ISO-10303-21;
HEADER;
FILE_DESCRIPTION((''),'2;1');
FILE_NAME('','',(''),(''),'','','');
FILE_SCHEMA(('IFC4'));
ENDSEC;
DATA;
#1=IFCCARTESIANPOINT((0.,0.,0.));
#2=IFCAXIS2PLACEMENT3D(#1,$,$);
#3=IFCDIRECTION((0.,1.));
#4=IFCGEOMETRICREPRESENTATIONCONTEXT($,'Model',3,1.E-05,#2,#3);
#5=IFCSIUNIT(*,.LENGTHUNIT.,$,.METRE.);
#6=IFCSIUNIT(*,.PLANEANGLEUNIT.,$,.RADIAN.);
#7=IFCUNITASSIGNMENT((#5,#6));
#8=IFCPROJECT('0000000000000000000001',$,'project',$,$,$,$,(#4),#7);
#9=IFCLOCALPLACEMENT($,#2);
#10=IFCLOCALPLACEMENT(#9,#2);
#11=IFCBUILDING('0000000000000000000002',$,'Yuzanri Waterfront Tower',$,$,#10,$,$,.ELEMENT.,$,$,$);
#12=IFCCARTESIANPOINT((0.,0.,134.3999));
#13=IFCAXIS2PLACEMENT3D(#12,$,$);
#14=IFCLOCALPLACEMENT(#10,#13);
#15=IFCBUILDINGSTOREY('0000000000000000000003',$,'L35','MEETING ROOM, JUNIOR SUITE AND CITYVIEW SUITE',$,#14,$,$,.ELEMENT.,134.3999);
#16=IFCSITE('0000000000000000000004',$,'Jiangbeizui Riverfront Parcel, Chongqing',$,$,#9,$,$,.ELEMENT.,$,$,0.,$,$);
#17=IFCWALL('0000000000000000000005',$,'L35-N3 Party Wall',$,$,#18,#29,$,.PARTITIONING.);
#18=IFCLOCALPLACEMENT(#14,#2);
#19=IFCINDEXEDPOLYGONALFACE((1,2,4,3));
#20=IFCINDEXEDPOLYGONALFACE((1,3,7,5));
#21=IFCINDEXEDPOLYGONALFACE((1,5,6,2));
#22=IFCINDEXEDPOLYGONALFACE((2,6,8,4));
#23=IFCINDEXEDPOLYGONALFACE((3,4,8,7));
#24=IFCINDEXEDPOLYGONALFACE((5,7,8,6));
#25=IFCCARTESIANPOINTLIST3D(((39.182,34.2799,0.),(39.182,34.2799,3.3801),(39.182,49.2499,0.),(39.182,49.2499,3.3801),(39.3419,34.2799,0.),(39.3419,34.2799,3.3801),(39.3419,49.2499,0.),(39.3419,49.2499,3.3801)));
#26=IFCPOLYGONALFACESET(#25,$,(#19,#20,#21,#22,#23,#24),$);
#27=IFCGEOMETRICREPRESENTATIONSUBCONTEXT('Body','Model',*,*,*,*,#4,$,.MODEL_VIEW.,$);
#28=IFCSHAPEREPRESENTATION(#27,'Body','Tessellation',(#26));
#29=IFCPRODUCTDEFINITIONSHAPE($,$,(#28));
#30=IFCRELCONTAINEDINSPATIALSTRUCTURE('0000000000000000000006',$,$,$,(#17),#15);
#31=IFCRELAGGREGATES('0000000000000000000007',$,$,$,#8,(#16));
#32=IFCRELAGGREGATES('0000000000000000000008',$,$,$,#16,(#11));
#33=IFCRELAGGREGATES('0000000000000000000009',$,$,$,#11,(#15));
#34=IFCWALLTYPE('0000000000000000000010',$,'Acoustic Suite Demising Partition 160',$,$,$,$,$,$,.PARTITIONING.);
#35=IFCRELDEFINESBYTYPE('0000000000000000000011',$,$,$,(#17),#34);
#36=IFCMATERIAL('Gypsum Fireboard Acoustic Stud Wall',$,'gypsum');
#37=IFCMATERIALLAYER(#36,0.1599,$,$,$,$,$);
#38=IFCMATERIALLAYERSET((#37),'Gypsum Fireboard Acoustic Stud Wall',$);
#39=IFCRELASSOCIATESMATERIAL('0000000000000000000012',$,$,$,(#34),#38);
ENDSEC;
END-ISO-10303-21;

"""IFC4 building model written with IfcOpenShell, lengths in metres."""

from ifc_helpers import new_model, si_unit, direction, frame, frame_2d, origin, place, context, subcontext, project, spatial, rectangle, extrude, source, transform, mapped, material, layer, layer_set, type_object, element, save


model = new_model("IFC4")

# Units and contexts
model_context = context("Model", 3, precision=1e-05, world=origin(), true_north=direction((0.0, 1.0)))
body_context = subcontext(model_context, "Body", "Model", "MODEL_VIEW")
ifc_project = project(units=[si_unit("LENGTHUNIT", "METRE"), si_unit("PLANEANGLEUNIT", "RADIAN")], contexts=[model_context])

# Site, building, storey
site_placement = place(None, origin())
site = spatial("IfcSite", under=ifc_project, at=site_placement, Name="Jiangbeizui Riverfront Parcel, Chongqing", CompositionType="ELEMENT", RefElevation=0.0)
building_placement = place(site_placement, origin())
building = spatial("IfcBuilding", under=site, at=building_placement, Name="Yuzanri Waterfront Tower", CompositionType="ELEMENT")
storey_placement = place(building_placement, frame((0.0, 0.0, 134.3999)))
storey = spatial("IfcBuildingStorey", under=building, at=storey_placement, Name="L35", Description="MEETING ROOM, JUNIOR SUITE AND CITYVIEW SUITE", CompositionType="ELEMENT", Elevation=134.3999)

# Wall
ifc_material_1 = material(Name="Gypsum Fireboard Acoustic Stud Wall", Category="gypsum")
ifc_layer_1 = layer(ifc_material_1, 0.1599)
ifc_layer_set_1 = layer_set([ifc_layer_1], Name="Gypsum Fireboard Acoustic Stud Wall")
wall_type_1 = type_object("IfcWallType", Name="Acoustic Suite Demising Partition 160", PredefinedType="PARTITIONING", material=ifc_layer_set_1)
shared_shape_1 = source(origin(), body_context, "Body", "SweptSolid", [
    extrude(rectangle(XDim=14.97, YDim=0.1599, at=frame_2d((7.4849, 0.0))), origin(), (0.0, 0.0, 1.0), 3.3801),
])
wall_1_placement = place(storey_placement, frame((39.262, 34.28, 0.0), z_axis=(0.0, 0.0, 1.0), x_axis=(0.0, 1.0, 0.0)))
element("IfcWall", 1, at=wall_1_placement, inside=storey, type_object=wall_type_1, Name="L35-N3 Party Wall", PredefinedType="PARTITIONING", context=body_context, shape_type="MappedRepresentation", body=[
    mapped(shared_shape_1, transform((0.0, 0.0, 0.0), scale=1.0)),
])

save(model, "model.ifc")
